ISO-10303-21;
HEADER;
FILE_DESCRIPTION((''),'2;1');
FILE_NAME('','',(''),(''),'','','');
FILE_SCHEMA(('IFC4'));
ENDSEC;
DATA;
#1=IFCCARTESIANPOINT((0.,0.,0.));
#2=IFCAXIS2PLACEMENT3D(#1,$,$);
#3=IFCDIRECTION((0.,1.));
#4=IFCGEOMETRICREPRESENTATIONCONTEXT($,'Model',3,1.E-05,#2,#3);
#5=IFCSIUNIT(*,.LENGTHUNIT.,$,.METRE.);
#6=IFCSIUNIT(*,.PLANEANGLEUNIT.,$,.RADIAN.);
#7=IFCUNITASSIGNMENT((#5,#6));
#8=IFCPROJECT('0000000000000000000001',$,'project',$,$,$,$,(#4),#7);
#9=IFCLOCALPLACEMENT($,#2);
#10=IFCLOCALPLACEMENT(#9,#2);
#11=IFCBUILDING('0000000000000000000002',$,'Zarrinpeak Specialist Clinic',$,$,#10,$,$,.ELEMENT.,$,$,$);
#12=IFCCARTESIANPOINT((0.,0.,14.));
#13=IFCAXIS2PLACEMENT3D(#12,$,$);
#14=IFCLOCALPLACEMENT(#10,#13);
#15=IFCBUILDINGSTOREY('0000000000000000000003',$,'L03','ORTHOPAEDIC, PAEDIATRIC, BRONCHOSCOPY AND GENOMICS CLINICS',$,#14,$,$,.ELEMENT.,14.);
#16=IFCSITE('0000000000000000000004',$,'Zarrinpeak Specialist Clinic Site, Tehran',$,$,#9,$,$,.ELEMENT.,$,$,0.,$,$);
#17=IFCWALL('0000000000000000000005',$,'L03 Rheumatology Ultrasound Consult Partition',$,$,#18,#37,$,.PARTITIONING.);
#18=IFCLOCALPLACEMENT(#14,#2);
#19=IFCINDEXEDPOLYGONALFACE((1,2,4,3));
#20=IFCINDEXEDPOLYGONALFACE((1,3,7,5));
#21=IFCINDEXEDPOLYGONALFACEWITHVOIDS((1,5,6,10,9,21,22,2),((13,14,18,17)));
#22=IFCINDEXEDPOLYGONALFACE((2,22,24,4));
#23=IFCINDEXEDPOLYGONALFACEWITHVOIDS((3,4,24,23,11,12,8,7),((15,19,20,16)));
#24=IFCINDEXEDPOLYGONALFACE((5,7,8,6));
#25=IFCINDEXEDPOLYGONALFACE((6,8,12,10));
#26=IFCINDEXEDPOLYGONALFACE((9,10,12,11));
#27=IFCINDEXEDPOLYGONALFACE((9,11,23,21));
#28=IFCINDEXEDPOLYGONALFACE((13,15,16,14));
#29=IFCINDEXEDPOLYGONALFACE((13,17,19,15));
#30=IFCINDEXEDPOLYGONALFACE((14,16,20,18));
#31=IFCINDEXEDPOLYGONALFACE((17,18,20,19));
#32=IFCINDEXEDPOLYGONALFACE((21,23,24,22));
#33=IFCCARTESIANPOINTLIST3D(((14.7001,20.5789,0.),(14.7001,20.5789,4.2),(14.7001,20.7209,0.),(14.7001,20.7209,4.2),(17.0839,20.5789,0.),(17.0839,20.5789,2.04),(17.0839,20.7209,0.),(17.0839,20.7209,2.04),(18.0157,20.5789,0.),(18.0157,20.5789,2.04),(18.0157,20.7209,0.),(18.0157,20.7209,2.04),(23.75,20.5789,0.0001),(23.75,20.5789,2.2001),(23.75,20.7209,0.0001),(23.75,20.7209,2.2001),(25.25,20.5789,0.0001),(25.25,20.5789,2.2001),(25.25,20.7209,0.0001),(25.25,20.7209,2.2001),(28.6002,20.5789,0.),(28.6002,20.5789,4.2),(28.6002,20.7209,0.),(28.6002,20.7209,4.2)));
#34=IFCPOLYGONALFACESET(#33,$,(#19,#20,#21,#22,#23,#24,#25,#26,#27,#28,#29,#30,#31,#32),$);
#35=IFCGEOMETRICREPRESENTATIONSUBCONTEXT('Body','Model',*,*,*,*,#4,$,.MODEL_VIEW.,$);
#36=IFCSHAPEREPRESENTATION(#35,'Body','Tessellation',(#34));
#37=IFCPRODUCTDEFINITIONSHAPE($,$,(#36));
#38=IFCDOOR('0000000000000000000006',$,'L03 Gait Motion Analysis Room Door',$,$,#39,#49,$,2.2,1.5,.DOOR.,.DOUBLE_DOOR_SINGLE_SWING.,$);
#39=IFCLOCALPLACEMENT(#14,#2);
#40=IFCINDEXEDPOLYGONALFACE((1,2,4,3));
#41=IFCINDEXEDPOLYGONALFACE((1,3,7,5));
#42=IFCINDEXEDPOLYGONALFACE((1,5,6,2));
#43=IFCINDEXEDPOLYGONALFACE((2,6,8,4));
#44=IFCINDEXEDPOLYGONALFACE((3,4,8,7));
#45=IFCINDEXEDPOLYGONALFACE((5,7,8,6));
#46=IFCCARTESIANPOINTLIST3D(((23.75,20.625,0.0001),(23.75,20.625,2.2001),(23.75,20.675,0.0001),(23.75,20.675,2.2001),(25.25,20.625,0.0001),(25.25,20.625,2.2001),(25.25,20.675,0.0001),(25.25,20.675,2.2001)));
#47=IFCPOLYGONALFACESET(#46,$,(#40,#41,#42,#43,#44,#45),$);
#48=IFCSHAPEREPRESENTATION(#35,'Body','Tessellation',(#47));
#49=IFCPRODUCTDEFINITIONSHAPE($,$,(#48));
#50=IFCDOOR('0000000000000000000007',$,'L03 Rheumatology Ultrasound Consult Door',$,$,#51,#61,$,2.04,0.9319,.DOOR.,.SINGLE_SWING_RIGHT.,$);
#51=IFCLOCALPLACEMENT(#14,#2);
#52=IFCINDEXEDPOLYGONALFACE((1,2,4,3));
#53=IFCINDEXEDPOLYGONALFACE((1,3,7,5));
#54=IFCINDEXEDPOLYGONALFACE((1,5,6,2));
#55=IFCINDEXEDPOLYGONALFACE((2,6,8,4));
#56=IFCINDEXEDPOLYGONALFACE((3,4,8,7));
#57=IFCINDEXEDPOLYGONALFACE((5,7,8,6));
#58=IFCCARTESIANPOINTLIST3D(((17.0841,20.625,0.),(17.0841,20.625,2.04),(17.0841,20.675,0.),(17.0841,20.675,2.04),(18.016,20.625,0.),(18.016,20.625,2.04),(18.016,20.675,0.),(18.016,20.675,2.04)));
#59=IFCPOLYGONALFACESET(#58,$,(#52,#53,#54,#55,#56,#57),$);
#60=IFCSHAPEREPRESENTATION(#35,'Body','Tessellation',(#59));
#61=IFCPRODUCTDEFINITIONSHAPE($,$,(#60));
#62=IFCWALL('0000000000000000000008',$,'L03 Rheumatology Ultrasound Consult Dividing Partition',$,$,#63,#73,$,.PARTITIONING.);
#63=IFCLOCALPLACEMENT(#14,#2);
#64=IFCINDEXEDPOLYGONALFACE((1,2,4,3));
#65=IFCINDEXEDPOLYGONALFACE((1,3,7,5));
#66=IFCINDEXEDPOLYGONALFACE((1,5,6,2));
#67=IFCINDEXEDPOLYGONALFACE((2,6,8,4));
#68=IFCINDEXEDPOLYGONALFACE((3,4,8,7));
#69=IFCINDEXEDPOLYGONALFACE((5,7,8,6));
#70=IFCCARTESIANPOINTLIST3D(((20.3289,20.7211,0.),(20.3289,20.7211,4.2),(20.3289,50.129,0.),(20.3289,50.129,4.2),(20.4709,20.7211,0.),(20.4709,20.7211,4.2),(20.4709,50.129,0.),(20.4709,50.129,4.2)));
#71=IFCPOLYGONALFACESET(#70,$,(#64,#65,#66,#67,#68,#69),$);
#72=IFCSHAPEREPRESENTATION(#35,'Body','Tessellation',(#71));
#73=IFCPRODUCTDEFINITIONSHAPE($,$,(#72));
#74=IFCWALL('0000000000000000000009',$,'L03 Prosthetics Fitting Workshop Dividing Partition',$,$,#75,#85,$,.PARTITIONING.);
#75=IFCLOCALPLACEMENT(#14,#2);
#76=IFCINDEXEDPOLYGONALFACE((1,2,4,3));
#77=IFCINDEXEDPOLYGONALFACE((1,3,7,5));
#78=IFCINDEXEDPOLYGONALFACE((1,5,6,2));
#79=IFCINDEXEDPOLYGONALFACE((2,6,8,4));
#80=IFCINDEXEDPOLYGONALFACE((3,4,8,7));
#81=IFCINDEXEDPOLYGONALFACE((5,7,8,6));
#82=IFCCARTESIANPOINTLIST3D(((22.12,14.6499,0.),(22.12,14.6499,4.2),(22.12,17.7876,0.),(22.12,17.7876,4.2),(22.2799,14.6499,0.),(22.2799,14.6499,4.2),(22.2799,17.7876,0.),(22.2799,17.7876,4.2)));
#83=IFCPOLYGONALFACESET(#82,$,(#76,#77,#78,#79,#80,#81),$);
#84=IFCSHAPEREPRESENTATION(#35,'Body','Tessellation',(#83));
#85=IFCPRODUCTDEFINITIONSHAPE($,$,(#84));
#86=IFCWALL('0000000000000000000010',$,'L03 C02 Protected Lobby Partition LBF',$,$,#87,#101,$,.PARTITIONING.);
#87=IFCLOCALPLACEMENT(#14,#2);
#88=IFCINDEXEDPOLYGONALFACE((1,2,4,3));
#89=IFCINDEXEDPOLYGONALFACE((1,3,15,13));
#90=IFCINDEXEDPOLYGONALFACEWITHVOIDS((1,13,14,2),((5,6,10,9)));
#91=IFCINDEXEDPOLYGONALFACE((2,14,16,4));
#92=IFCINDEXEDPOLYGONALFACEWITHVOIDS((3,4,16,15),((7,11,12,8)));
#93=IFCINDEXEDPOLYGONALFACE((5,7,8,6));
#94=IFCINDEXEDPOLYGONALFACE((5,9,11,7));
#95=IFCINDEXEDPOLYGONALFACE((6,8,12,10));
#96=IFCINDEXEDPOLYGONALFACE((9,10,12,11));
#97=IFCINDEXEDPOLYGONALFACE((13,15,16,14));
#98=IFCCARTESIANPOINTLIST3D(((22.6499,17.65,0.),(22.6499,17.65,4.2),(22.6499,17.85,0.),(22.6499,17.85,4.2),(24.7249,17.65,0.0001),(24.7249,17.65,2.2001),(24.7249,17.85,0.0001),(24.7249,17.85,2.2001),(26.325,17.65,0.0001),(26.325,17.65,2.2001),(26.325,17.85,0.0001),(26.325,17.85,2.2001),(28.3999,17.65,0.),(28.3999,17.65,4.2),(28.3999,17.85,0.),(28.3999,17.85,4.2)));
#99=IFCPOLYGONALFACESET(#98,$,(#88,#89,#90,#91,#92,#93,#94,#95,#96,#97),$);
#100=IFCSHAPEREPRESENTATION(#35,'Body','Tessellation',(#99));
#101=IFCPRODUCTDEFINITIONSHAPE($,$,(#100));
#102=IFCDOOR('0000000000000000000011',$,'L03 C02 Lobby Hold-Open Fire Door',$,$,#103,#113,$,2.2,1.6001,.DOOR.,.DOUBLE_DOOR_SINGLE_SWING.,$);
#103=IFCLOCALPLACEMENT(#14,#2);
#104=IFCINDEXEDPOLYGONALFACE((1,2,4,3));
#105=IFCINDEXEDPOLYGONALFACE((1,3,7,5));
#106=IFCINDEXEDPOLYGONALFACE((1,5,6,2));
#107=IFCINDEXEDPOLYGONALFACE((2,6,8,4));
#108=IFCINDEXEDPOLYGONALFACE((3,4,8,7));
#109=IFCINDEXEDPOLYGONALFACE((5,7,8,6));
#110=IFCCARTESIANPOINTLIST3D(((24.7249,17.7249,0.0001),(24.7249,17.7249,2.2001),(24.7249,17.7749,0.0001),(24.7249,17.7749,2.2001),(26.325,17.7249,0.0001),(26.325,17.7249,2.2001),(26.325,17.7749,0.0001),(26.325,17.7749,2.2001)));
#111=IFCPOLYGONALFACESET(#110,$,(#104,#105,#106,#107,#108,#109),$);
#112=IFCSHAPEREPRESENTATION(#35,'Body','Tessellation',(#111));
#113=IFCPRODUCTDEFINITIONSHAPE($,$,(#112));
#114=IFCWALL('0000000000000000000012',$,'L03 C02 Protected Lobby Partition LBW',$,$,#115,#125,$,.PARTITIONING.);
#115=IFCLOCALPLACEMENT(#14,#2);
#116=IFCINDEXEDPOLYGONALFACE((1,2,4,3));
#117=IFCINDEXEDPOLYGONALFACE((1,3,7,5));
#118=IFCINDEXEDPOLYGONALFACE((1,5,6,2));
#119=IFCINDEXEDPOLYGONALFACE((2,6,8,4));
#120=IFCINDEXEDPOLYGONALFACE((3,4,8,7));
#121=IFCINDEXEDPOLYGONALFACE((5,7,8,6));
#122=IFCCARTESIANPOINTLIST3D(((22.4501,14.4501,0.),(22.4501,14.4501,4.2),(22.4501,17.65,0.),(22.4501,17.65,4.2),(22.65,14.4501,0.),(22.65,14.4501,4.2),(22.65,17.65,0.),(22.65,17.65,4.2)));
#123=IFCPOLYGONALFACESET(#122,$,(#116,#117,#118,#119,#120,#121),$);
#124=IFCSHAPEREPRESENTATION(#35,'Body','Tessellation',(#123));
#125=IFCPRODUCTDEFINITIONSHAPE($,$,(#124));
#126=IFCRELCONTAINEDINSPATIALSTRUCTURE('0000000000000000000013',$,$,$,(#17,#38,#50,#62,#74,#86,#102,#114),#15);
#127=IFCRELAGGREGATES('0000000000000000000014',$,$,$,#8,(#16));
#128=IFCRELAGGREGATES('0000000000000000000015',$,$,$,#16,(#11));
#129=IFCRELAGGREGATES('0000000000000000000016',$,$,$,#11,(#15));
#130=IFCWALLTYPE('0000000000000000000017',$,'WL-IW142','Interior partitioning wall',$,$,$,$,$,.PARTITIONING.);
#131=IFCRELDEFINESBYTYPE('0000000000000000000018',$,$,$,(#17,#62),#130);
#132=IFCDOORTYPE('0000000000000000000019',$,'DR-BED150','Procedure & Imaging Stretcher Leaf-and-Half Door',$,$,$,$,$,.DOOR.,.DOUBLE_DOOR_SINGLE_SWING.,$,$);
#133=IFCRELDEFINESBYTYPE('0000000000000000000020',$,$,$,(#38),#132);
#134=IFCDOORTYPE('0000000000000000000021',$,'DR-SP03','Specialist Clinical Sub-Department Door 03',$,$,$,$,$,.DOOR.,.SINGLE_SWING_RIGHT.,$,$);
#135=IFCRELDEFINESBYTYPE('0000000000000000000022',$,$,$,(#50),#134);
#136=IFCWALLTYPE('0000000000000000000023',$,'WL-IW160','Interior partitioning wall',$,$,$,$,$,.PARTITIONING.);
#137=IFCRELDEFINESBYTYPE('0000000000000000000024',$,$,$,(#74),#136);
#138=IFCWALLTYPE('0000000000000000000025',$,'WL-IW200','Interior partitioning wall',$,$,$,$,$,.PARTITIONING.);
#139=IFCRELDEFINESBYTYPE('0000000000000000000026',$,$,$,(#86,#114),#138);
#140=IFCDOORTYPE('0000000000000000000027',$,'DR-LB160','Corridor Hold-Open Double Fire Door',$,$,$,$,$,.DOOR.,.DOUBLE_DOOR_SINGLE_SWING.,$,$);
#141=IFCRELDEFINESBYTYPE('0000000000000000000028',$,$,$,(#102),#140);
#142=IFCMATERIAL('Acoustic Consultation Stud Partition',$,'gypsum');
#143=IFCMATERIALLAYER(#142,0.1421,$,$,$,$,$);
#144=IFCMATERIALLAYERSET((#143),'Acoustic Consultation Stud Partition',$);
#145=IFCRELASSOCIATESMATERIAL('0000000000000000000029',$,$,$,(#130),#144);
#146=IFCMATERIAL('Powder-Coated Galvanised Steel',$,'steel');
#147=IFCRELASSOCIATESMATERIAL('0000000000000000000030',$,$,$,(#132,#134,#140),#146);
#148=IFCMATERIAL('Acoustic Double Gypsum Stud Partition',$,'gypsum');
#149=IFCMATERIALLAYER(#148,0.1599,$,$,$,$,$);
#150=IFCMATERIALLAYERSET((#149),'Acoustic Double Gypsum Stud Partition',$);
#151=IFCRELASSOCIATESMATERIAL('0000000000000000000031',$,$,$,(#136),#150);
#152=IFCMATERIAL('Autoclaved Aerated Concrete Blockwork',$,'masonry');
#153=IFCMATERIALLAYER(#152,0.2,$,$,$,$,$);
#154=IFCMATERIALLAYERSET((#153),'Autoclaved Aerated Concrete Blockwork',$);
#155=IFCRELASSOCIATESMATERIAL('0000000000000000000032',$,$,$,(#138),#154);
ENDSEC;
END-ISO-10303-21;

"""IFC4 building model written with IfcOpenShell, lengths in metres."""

from ifc_helpers import new_model, si_unit, direction, frame, frame_2d, origin, place, context, subcontext, project, spatial, rectangle, extrude, material, layer, layer_set, type_object, element, fill, save


model = new_model("IFC4")

# Units and contexts
model_context = context("Model", 3, precision=1e-05, world=origin(), true_north=direction((0.0, 1.0)))
body_context = subcontext(model_context, "Body", "Model", "MODEL_VIEW")
ifc_project = project(units=[si_unit("LENGTHUNIT", "METRE"), si_unit("PLANEANGLEUNIT", "RADIAN")], contexts=[model_context])

# Site, building, storey
site_placement = place(None, origin())
site = spatial("IfcSite", under=ifc_project, at=site_placement, Name="Zarrinpeak Specialist Clinic Site, Tehran", CompositionType="ELEMENT", RefElevation=0.0)
building_placement = place(site_placement, origin())
building = spatial("IfcBuilding", under=site, at=building_placement, Name="Zarrinpeak Specialist Clinic", CompositionType="ELEMENT")
storey_placement = place(building_placement, frame((0.0, 0.0, 14.0)))
storey = spatial("IfcBuildingStorey", under=building, at=storey_placement, Name="L03", Description="ORTHOPAEDIC, PAEDIATRIC, BRONCHOSCOPY AND GENOMICS CLINICS", CompositionType="ELEMENT", Elevation=14.0)

# Shared definitions
ifc_material_1 = material(Name="Powder-Coated Galvanised Steel", Category="steel")

# Wall, openings, doors
ifc_material_2 = material(Name="Acoustic Consultation Stud Partition", Category="gypsum")
ifc_layer_1 = layer(ifc_material_2, 0.1421)
ifc_layer_set_1 = layer_set([ifc_layer_1], Name="Acoustic Consultation Stud Partition")
wall_type_1 = type_object("IfcWallType", Name="WL-IW142", Description="Interior partitioning wall", PredefinedType="PARTITIONING", material=ifc_layer_set_1)
wall_1_placement = place(storey_placement, frame((14.7, 20.6499, 0.0), z_axis=(0.0, 0.0, 1.0), x_axis=(1.0, 0.0, 0.0)))
wall_1 = element("IfcWall", 1, at=wall_1_placement, inside=storey, type_object=wall_type_1, Name="L03 Rheumatology Ultrasound Consult Partition", PredefinedType="PARTITIONING", context=body_context, shape_type="SweptSolid", body=[
    extrude(rectangle(XDim=13.9001, YDim=0.1421, at=frame_2d((6.9502, 0.0))), origin(), (0.0, 0.0, 1.0), 4.2),
])
opening_1_placement = place(wall_1_placement, frame((2.384, 0.0, 0.0)))
opening_1 = element("IfcOpeningElement", 2, at=opening_1_placement, cuts=wall_1, PredefinedType="OPENING", context=body_context, shape_type="SweptSolid", body=[
    extrude(rectangle(XDim=0.9319, YDim=2.04, at=frame_2d((0.4658, 1.02))), frame((0.0, 0.0811, 0.0), z_axis=(0.0, -1.0, 0.0), x_axis=(1.0, 0.0, 0.0)), (0.0, 0.0, 1.0), 0.1621),
])
opening_2_placement = place(wall_1_placement, frame((9.05, 0.0, 0.0)))
opening_2 = element("IfcOpeningElement", 3, at=opening_2_placement, cuts=wall_1, PredefinedType="OPENING", context=body_context, shape_type="SweptSolid", body=[
    extrude(rectangle(XDim=1.5, YDim=2.2, at=frame_2d((0.75, 1.1001))), frame((0.0, 0.0811, 0.0), z_axis=(0.0, -1.0, 0.0), x_axis=(1.0, 0.0, 0.0)), (0.0, 0.0, 1.0), 0.1621),
])
door_type_1 = type_object("IfcDoorType", Name="DR-BED150", Description="Procedure & Imaging Stretcher Leaf-and-Half Door", OperationType="DOUBLE_DOOR_SINGLE_SWING", PredefinedType="DOOR", material=ifc_material_1)
door_1_placement = place(opening_2_placement, frame((1.5, 0.0, 0.0), z_axis=(0.0, 0.0, 1.0), x_axis=(-1.0, 0.0, 0.0)))
door_1 = element("IfcDoor", 4, at=door_1_placement, inside=storey, type_object=door_type_1, Name="L03 Gait Motion Analysis Room Door", OperationType="DOUBLE_DOOR_SINGLE_SWING", OverallHeight=2.2, OverallWidth=1.5, PredefinedType="DOOR", context=body_context, shape_type="SweptSolid", body=[
    extrude(rectangle(XDim=1.5, YDim=2.2, at=frame_2d((0.75, 1.1001))), frame((0.0, 0.0249, 0.0), z_axis=(0.0, -1.0, 0.0), x_axis=(1.0, 0.0, 0.0)), (0.0, 0.0, 1.0), 0.05),
])
fill(opening_2, door_1)
door_type_2 = type_object("IfcDoorType", Name="DR-SP03", Description="Specialist Clinical Sub-Department Door 03", OperationType="SINGLE_SWING_RIGHT", PredefinedType="DOOR", material=ifc_material_1)
door_2_placement = place(opening_1_placement, frame((0.9319, 0.0, 0.0), z_axis=(0.0, 0.0, 1.0), x_axis=(-1.0, 0.0, 0.0)))
door_2 = element("IfcDoor", 5, at=door_2_placement, inside=storey, type_object=door_type_2, Name="L03 Rheumatology Ultrasound Consult Door", OperationType="SINGLE_SWING_RIGHT", OverallHeight=2.04, OverallWidth=0.9319, PredefinedType="DOOR", context=body_context, shape_type="SweptSolid", body=[
    extrude(rectangle(XDim=0.9319, YDim=2.04, at=frame_2d((0.4658, 1.02))), frame((0.0, 0.0249, 0.0), z_axis=(0.0, -1.0, 0.0), x_axis=(1.0, 0.0, 0.0)), (0.0, 0.0, 1.0), 0.05),
])
fill(opening_1, door_2)

# Walls
wall_2_placement = place(storey_placement, frame((20.3999, 20.7209, 0.0), z_axis=(0.0, 0.0, 1.0), x_axis=(0.0, 1.0, 0.0)))
element("IfcWall", 6, at=wall_2_placement, inside=storey, type_object=wall_type_1, Name="L03 Rheumatology Ultrasound Consult Dividing Partition", PredefinedType="PARTITIONING", context=body_context, shape_type="SweptSolid", body=[
    extrude(rectangle(XDim=29.408, YDim=0.1421, at=frame_2d((14.7041, 0.0))), origin(), (0.0, 0.0, 1.0), 4.2),
])
ifc_material_3 = material(Name="Acoustic Double Gypsum Stud Partition", Category="gypsum")
ifc_layer_2 = layer(ifc_material_3, 0.1599)
ifc_layer_set_2 = layer_set([ifc_layer_2], Name="Acoustic Double Gypsum Stud Partition")
wall_type_2 = type_object("IfcWallType", Name="WL-IW160", Description="Interior partitioning wall", PredefinedType="PARTITIONING", material=ifc_layer_set_2)
wall_3_placement = place(storey_placement, frame((22.2, 14.6499, 0.0), z_axis=(0.0, 0.0, 1.0), x_axis=(0.0, 1.0, 0.0)))
element("IfcWall", 7, at=wall_3_placement, inside=storey, type_object=wall_type_2, Name="L03 Prosthetics Fitting Workshop Dividing Partition", PredefinedType="PARTITIONING", context=body_context, shape_type="SweptSolid", body=[
    extrude(rectangle(XDim=3.1377, YDim=0.1599, at=frame_2d((1.5688, 0.0))), origin(), (0.0, 0.0, 1.0), 4.2),
])

# Wall, opening, door
ifc_material_4 = material(Name="Autoclaved Aerated Concrete Blockwork", Category="masonry")
ifc_layer_3 = layer(ifc_material_4, 0.2)
ifc_layer_set_3 = layer_set([ifc_layer_3], Name="Autoclaved Aerated Concrete Blockwork")
wall_type_3 = type_object("IfcWallType", Name="WL-IW200", Description="Interior partitioning wall", PredefinedType="PARTITIONING", material=ifc_layer_set_3)
wall_4_placement = place(storey_placement, frame((22.6499, 17.75, 0.0), z_axis=(0.0, 0.0, 1.0), x_axis=(1.0, 0.0, 0.0)))
wall_4 = element("IfcWall", 8, at=wall_4_placement, inside=storey, type_object=wall_type_3, Name="L03 C02 Protected Lobby Partition LBF", PredefinedType="PARTITIONING", context=body_context, shape_type="SweptSolid", body=[
    extrude(rectangle(XDim=5.75, YDim=0.2, at=frame_2d((2.875, 0.0))), origin(), (0.0, 0.0, 1.0), 4.2),
])
opening_3_placement = place(wall_4_placement, frame((2.075, 0.0, 0.0)))
opening_3 = element("IfcOpeningElement", 9, at=opening_3_placement, cuts=wall_4, PredefinedType="OPENING", context=body_context, shape_type="SweptSolid", body=[
    extrude(rectangle(XDim=1.6001, YDim=2.2, at=frame_2d((0.8, 1.1001))), frame((0.0, 0.1099, 0.0), z_axis=(0.0, -1.0, 0.0), x_axis=(1.0, 0.0, 0.0)), (0.0, 0.0, 1.0), 0.22),
])
door_type_3 = type_object("IfcDoorType", Name="DR-LB160", Description="Corridor Hold-Open Double Fire Door", OperationType="DOUBLE_DOOR_SINGLE_SWING", PredefinedType="DOOR", material=ifc_material_1)
door_3_placement = place(opening_3_placement, origin())
door_3 = element("IfcDoor", 10, at=door_3_placement, inside=storey, type_object=door_type_3, Name="L03 C02 Lobby Hold-Open Fire Door", OperationType="DOUBLE_DOOR_SINGLE_SWING", OverallHeight=2.2, OverallWidth=1.6001, PredefinedType="DOOR", context=body_context, shape_type="SweptSolid", body=[
    extrude(rectangle(XDim=1.6001, YDim=2.2, at=frame_2d((0.8, 1.1001))), frame((0.0, 0.0249, 0.0), z_axis=(0.0, -1.0, 0.0), x_axis=(1.0, 0.0, 0.0)), (0.0, 0.0, 1.0), 0.05),
])
fill(opening_3, door_3)

# Wall
wall_5_placement = place(storey_placement, frame((22.55, 14.45, 0.0), z_axis=(0.0, 0.0, 1.0), x_axis=(0.0, 1.0, 0.0)))
element("IfcWall", 11, at=wall_5_placement, inside=storey, type_object=wall_type_3, Name="L03 C02 Protected Lobby Partition LBW", PredefinedType="PARTITIONING", context=body_context, shape_type="SweptSolid", body=[
    extrude(rectangle(XDim=3.2, YDim=0.2, at=frame_2d((1.6001, 0.0))), origin(), (0.0, 0.0, 1.0), 4.2),
])

save(model, "model.ifc")
